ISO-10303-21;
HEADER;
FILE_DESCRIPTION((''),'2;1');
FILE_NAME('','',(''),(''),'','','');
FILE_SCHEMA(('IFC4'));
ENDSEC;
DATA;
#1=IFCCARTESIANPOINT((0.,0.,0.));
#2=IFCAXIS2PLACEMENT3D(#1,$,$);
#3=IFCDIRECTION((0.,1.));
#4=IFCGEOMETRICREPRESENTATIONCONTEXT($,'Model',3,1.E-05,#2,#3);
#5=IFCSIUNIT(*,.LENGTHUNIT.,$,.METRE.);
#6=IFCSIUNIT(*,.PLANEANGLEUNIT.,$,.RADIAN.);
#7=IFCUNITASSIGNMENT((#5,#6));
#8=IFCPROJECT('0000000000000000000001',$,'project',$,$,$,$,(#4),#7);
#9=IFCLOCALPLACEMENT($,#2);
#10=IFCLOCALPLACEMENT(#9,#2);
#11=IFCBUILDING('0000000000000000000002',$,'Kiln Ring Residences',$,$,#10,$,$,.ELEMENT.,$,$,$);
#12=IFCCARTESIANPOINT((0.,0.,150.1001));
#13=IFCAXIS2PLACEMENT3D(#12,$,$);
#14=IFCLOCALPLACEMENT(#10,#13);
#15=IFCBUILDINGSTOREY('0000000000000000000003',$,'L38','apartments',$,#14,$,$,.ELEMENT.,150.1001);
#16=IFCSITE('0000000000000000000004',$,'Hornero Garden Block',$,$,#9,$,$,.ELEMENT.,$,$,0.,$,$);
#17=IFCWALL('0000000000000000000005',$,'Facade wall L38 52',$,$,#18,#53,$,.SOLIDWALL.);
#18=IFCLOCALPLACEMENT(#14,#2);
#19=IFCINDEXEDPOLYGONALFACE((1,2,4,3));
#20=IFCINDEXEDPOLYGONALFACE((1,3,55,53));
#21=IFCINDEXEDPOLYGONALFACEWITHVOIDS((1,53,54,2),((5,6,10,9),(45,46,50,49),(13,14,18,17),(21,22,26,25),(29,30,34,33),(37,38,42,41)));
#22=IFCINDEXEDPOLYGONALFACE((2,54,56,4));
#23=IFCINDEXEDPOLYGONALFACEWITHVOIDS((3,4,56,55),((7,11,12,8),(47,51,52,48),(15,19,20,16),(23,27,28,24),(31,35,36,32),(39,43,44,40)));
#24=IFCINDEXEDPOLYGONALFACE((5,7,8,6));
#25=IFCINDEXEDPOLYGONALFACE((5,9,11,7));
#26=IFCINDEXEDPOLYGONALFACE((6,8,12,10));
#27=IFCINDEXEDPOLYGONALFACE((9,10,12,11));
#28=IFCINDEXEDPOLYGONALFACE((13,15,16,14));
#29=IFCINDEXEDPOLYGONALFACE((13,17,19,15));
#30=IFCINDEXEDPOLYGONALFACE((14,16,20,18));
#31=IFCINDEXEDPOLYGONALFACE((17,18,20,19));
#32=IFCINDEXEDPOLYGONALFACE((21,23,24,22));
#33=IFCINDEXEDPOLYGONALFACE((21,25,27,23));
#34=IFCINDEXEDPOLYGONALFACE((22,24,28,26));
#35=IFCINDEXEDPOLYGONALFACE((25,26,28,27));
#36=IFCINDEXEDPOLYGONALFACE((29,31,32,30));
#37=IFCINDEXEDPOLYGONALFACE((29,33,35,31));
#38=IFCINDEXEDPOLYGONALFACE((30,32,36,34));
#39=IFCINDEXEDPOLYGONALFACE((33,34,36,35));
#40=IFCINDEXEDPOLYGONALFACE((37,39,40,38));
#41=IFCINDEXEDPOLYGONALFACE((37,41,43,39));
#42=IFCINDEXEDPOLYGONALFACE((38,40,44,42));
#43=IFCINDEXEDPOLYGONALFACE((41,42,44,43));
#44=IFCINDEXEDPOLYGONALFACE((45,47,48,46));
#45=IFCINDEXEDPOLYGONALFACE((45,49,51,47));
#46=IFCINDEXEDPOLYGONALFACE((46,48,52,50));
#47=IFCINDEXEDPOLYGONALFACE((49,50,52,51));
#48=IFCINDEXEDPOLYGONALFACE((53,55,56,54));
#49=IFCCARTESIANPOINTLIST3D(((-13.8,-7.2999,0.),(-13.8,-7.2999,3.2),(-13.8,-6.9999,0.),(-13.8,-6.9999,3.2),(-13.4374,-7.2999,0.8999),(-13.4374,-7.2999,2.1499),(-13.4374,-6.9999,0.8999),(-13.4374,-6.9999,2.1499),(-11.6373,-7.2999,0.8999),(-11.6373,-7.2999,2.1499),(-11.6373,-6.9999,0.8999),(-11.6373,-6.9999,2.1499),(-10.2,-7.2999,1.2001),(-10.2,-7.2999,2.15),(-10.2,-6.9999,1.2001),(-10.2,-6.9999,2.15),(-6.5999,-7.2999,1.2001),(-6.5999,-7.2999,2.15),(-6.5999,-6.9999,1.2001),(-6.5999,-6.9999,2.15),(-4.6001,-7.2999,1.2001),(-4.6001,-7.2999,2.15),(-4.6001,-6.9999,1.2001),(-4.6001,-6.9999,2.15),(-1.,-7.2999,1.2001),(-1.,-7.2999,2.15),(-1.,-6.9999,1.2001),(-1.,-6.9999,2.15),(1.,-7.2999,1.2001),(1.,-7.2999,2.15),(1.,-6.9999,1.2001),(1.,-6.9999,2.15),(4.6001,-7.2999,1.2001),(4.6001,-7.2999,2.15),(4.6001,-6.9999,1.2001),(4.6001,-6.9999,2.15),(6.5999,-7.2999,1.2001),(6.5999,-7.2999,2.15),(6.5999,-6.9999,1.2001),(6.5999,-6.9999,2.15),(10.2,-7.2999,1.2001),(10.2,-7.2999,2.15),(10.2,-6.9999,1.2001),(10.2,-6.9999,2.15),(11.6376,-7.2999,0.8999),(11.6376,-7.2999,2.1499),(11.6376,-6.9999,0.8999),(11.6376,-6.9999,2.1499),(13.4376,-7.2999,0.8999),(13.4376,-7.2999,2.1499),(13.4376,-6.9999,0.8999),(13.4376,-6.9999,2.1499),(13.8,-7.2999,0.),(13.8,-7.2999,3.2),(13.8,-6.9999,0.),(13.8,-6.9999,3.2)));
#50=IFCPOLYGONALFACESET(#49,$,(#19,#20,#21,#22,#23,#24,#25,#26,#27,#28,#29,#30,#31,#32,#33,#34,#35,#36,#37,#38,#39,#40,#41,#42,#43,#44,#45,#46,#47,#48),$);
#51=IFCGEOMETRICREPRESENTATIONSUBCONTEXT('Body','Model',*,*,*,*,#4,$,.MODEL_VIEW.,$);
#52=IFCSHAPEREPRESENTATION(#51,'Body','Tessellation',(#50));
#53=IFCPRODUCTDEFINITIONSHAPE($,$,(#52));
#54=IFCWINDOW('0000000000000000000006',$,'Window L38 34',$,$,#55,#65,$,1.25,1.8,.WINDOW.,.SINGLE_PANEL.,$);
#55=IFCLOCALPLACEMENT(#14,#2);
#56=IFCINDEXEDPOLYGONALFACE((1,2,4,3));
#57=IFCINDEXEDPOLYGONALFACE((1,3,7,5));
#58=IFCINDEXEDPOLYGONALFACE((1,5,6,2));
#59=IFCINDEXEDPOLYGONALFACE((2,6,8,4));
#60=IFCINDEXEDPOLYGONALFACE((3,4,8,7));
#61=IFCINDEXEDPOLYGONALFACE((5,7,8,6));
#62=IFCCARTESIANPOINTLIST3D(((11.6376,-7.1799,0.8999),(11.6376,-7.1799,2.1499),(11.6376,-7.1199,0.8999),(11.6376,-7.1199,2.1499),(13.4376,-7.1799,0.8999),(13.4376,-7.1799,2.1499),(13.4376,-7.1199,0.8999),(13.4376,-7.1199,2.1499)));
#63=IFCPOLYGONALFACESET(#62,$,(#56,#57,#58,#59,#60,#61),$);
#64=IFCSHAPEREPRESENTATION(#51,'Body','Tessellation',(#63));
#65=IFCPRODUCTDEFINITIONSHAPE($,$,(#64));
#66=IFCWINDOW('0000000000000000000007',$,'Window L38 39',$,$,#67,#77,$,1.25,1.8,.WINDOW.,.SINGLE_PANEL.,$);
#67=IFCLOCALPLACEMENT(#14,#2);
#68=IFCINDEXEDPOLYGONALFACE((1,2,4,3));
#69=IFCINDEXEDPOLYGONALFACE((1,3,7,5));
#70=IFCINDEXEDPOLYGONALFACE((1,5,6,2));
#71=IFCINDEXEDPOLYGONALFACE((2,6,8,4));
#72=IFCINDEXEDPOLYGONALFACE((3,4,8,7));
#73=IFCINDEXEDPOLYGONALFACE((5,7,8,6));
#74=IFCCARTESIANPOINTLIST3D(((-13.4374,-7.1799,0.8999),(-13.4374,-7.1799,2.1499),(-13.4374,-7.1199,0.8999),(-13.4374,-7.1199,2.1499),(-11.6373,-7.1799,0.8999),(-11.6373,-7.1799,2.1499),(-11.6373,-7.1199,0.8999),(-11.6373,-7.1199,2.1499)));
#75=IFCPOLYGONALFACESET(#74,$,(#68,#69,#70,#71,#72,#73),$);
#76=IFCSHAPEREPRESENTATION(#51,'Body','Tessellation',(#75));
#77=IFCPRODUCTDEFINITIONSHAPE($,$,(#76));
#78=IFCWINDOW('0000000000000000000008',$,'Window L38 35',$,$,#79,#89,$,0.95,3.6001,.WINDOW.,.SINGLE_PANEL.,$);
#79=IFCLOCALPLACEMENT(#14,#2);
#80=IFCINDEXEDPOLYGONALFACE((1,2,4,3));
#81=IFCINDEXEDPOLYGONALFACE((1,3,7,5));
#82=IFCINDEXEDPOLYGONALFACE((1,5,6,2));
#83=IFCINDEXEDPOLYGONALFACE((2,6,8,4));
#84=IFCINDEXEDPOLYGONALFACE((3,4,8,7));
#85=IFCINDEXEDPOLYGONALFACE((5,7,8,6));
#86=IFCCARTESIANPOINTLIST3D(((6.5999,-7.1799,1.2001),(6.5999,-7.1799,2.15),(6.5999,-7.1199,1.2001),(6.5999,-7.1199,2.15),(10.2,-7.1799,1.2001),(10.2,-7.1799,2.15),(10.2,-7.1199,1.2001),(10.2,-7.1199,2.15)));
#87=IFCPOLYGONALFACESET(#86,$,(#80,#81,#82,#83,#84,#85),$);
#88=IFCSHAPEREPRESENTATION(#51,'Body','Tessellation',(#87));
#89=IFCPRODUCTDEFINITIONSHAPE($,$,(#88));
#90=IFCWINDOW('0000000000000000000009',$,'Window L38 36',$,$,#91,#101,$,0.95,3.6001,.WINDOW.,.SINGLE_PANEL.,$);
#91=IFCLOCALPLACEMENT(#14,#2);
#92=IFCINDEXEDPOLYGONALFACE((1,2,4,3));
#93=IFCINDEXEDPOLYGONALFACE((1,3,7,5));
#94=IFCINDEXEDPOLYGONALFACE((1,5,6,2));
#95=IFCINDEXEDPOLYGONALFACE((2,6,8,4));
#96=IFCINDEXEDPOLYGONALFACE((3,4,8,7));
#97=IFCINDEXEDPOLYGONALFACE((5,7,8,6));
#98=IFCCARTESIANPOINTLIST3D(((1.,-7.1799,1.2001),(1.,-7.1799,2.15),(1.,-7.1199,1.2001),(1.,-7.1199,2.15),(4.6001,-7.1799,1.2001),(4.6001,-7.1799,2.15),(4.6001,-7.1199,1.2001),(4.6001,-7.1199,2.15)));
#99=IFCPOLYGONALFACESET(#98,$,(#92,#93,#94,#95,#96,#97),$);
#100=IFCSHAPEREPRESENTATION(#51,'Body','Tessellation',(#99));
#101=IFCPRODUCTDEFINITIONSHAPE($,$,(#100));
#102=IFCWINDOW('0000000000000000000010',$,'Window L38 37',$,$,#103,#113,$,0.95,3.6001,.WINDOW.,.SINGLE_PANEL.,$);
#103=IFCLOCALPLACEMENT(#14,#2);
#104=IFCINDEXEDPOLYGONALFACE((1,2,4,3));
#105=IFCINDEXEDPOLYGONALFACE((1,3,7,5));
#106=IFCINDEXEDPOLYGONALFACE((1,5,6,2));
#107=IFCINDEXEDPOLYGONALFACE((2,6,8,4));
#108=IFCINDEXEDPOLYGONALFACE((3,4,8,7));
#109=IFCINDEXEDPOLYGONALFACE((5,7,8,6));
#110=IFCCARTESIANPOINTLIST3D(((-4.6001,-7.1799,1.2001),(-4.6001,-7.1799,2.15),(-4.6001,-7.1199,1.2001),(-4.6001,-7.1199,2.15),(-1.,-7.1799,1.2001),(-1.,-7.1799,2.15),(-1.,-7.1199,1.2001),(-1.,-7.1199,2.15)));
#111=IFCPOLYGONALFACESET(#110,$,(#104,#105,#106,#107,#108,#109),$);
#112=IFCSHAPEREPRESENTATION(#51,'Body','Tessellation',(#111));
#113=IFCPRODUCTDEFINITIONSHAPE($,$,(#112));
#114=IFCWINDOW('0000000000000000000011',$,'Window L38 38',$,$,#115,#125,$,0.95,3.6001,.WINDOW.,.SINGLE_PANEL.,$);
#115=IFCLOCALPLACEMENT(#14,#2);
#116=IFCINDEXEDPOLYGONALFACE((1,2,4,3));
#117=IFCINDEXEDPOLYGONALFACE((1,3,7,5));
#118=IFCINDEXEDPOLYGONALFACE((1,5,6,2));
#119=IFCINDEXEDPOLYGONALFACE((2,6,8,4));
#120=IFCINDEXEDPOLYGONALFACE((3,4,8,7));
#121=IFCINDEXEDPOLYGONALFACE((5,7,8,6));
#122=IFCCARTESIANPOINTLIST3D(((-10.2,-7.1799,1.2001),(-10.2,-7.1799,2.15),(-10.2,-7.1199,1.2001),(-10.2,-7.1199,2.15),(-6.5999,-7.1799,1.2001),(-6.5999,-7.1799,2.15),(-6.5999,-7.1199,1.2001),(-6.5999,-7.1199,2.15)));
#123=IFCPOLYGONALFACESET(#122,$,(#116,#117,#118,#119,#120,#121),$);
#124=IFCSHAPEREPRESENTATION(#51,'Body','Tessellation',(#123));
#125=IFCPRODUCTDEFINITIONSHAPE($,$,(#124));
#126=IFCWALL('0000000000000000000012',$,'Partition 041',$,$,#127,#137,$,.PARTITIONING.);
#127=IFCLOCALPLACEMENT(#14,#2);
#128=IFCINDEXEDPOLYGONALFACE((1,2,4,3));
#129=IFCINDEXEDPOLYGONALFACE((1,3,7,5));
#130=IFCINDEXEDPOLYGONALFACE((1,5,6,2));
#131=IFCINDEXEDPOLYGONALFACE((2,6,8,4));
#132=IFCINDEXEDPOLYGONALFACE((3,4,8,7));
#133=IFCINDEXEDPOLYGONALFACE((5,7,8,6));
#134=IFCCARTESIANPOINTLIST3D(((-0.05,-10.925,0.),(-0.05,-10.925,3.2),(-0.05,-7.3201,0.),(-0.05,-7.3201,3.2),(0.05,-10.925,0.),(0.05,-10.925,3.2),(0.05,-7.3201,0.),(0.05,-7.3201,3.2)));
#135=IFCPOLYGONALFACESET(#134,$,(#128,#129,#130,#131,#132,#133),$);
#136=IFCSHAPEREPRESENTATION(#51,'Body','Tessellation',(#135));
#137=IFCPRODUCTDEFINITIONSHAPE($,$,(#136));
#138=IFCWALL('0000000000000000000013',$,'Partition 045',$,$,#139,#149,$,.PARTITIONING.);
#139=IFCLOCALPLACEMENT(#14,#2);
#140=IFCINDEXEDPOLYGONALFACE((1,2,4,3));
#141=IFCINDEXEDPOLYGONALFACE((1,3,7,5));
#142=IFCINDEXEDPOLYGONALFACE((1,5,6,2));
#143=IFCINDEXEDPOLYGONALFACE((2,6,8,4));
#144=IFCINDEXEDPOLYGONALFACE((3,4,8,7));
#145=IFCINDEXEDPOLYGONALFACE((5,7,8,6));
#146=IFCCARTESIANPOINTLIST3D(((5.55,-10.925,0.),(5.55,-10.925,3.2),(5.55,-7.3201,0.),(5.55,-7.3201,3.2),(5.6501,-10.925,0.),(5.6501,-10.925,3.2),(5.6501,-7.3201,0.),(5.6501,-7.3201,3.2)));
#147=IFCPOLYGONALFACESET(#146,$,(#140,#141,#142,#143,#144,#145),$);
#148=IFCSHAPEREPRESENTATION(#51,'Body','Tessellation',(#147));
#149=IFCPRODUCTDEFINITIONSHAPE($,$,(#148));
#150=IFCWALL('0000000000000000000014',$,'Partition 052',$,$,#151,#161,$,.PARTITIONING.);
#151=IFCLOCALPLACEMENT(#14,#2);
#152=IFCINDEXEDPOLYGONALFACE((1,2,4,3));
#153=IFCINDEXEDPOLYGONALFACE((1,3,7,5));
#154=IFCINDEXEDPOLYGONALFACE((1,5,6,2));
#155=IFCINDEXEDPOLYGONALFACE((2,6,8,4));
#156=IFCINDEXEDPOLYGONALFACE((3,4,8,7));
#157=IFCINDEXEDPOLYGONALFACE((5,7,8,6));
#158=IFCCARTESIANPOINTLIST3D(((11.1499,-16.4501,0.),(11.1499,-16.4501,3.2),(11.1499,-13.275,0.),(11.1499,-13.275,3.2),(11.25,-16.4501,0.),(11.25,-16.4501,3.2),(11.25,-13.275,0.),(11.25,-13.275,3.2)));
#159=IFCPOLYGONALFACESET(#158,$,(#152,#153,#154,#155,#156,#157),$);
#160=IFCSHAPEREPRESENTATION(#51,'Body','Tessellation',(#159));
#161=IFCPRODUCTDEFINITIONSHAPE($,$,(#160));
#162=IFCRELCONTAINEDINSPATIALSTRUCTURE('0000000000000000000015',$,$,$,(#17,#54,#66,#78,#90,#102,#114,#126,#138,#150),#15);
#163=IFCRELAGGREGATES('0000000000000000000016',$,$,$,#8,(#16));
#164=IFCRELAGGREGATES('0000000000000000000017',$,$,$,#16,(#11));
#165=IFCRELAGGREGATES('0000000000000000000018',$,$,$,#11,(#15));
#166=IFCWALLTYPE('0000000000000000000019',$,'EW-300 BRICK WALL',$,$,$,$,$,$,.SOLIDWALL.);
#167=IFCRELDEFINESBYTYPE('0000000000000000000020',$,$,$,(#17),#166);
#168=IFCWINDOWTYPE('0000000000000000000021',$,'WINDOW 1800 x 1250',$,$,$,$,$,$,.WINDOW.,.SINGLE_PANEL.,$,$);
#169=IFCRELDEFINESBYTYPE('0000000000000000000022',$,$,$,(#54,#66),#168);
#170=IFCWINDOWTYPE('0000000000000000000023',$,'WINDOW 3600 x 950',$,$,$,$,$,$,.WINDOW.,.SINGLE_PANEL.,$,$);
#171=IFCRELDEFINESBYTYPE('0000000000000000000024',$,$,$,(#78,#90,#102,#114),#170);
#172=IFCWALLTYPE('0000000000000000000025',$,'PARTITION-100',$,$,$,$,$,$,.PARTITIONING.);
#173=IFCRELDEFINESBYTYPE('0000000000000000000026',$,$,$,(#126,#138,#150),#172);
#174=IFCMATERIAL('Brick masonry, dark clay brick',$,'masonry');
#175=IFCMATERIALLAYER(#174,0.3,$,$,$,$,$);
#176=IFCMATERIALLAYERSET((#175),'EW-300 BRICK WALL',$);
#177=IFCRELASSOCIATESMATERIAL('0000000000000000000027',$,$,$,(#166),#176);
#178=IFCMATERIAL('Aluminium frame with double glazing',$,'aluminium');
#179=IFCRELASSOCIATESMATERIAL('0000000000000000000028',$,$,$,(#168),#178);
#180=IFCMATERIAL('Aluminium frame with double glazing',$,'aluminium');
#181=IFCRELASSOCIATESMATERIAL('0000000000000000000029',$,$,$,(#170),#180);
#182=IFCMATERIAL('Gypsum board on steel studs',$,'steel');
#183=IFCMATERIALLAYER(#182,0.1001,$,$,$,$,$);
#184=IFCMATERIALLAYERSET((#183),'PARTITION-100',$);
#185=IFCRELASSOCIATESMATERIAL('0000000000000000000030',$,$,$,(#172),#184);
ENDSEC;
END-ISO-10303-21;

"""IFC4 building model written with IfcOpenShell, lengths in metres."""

from ifc_helpers import new_model, si_unit, direction, frame, frame_2d, origin, place, context, subcontext, project, spatial, rectangle, extrude, material, layer, layer_set, type_object, element, fill, save


model = new_model("IFC4")

# Units and contexts
model_context = context("Model", 3, precision=1e-05, world=origin(), true_north=direction((0.0, 1.0)))
body_context = subcontext(model_context, "Body", "Model", "MODEL_VIEW")
ifc_project = project(units=[si_unit("LENGTHUNIT", "METRE"), si_unit("PLANEANGLEUNIT", "RADIAN")], contexts=[model_context])

# Site, building, storey
site_placement = place(None, origin())
site = spatial("IfcSite", under=ifc_project, at=site_placement, Name="Hornero Garden Block", CompositionType="ELEMENT", RefElevation=0.0)
building_placement = place(site_placement, origin())
building = spatial("IfcBuilding", under=site, at=building_placement, Name="Kiln Ring Residences", CompositionType="ELEMENT")
storey_placement = place(building_placement, frame((0.0, 0.0, 150.1001)))
storey = spatial("IfcBuildingStorey", under=building, at=storey_placement, Name="L38", Description="apartments", CompositionType="ELEMENT", Elevation=150.1001)

# Wall, openings, windows
ifc_material_1 = material(Name="Brick masonry, dark clay brick", Category="masonry")
ifc_layer_1 = layer(ifc_material_1, 0.3)
ifc_layer_set_1 = layer_set([ifc_layer_1], Name="EW-300 BRICK WALL")
wall_type_1 = type_object("IfcWallType", Name="EW-300 BRICK WALL", PredefinedType="SOLIDWALL", material=ifc_layer_set_1)
wall_1_placement = place(storey_placement, frame((13.8, -7.1499, 0.0), z_axis=(0.0, 0.0, 1.0), x_axis=(-1.0, 0.0, 0.0)))
wall_1 = element("IfcWall", 1, at=wall_1_placement, inside=storey, type_object=wall_type_1, Name="Facade wall L38 52", PredefinedType="SOLIDWALL", context=body_context, shape_type="SweptSolid", body=[
    extrude(rectangle(XDim=27.6001, YDim=0.3, at=frame_2d((13.8, 0.0))), origin(), (0.0, 0.0, 1.0), 3.2),
])
opening_1_placement = place(wall_1_placement, frame((0.3625, 0.0, 0.8999)))
opening_1 = element("IfcOpeningElement", 2, at=opening_1_placement, cuts=wall_1, PredefinedType="OPENING", context=body_context, shape_type="SweptSolid", body=[
    extrude(rectangle(XDim=1.8, YDim=1.25, at=frame_2d((0.8999, 0.625))), frame((0.0, 0.1599, 0.0), z_axis=(0.0, -1.0, 0.0), x_axis=(1.0, 0.0, 0.0)), (0.0, 0.0, 1.0), 0.3201),
])
opening_2_placement = place(wall_1_placement, frame((3.6001, 0.0, 1.2)))
opening_2 = element("IfcOpeningElement", 3, at=opening_2_placement, cuts=wall_1, PredefinedType="OPENING", context=body_context, shape_type="SweptSolid", body=[
    extrude(rectangle(XDim=3.6001, YDim=0.95, at=frame_2d((1.8, 0.4751))), frame((0.0, 0.1599, 0.0), z_axis=(0.0, -1.0, 0.0), x_axis=(1.0, 0.0, 0.0)), (0.0, 0.0, 1.0), 0.3201),
])
opening_3_placement = place(wall_1_placement, frame((9.2, 0.0, 1.2)))
opening_3 = element("IfcOpeningElement", 4, at=opening_3_placement, cuts=wall_1, PredefinedType="OPENING", context=body_context, shape_type="SweptSolid", body=[
    extrude(rectangle(XDim=3.6001, YDim=0.95, at=frame_2d((1.8, 0.4751))), frame((0.0, 0.1599, 0.0), z_axis=(0.0, -1.0, 0.0), x_axis=(1.0, 0.0, 0.0)), (0.0, 0.0, 1.0), 0.3201),
])
opening_4_placement = place(wall_1_placement, frame((14.8, 0.0, 1.2)))
opening_4 = element("IfcOpeningElement", 5, at=opening_4_placement, cuts=wall_1, PredefinedType="OPENING", context=body_context, shape_type="SweptSolid", body=[
    extrude(rectangle(XDim=3.6001, YDim=0.95, at=frame_2d((1.8, 0.4751))), frame((0.0, 0.1599, 0.0), z_axis=(0.0, -1.0, 0.0), x_axis=(1.0, 0.0, 0.0)), (0.0, 0.0, 1.0), 0.3201),
])
opening_5_placement = place(wall_1_placement, frame((20.3999, 0.0, 1.2)))
opening_5 = element("IfcOpeningElement", 6, at=opening_5_placement, cuts=wall_1, PredefinedType="OPENING", context=body_context, shape_type="SweptSolid", body=[
    extrude(rectangle(XDim=3.6001, YDim=0.95, at=frame_2d((1.8, 0.4751))), frame((0.0, 0.1599, 0.0), z_axis=(0.0, -1.0, 0.0), x_axis=(1.0, 0.0, 0.0)), (0.0, 0.0, 1.0), 0.3201),
])
opening_6_placement = place(wall_1_placement, frame((25.4375, 0.0, 0.8999)))
opening_6 = element("IfcOpeningElement", 7, at=opening_6_placement, cuts=wall_1, PredefinedType="OPENING", context=body_context, shape_type="SweptSolid", body=[
    extrude(rectangle(XDim=1.8, YDim=1.25, at=frame_2d((0.8999, 0.625))), frame((0.0, 0.1599, 0.0), z_axis=(0.0, -1.0, 0.0), x_axis=(1.0, 0.0, 0.0)), (0.0, 0.0, 1.0), 0.3201),
])
ifc_material_2 = material(Name="Aluminium frame with double glazing", Category="aluminium")
window_type_1 = type_object("IfcWindowType", Name="WINDOW 1800 x 1250", PartitioningType="SINGLE_PANEL", PredefinedType="WINDOW", material=ifc_material_2)
window_1_placement = place(opening_1_placement, origin())
window_1 = element("IfcWindow", 8, at=window_1_placement, inside=storey, type_object=window_type_1, Name="Window L38 34", OverallHeight=1.25, OverallWidth=1.8, PartitioningType="SINGLE_PANEL", PredefinedType="WINDOW", context=body_context, shape_type="SweptSolid", body=[
    extrude(rectangle(XDim=1.8, YDim=1.25, at=frame_2d((0.8999, 0.625))), frame((0.0, 0.03, 0.0), z_axis=(0.0, -1.0, 0.0), x_axis=(1.0, 0.0, 0.0)), (0.0, 0.0, 1.0), 0.0601),
])
fill(opening_1, window_1)
window_2_placement = place(opening_6_placement, origin())
window_2 = element("IfcWindow", 9, at=window_2_placement, inside=storey, type_object=window_type_1, Name="Window L38 39", OverallHeight=1.25, OverallWidth=1.8, PartitioningType="SINGLE_PANEL", PredefinedType="WINDOW", context=body_context, shape_type="SweptSolid", body=[
    extrude(rectangle(XDim=1.8, YDim=1.25, at=frame_2d((0.8999, 0.625))), frame((0.0, 0.03, 0.0), z_axis=(0.0, -1.0, 0.0), x_axis=(1.0, 0.0, 0.0)), (0.0, 0.0, 1.0), 0.0601),
])
fill(opening_6, window_2)
ifc_material_3 = material(Name="Aluminium frame with double glazing", Category="aluminium")
window_type_2 = type_object("IfcWindowType", Name="WINDOW 3600 x 950", PartitioningType="SINGLE_PANEL", PredefinedType="WINDOW", material=ifc_material_3)
window_3_placement = place(opening_2_placement, origin())
window_3 = element("IfcWindow", 10, at=window_3_placement, inside=storey, type_object=window_type_2, Name="Window L38 35", OverallHeight=0.95, OverallWidth=3.6001, PartitioningType="SINGLE_PANEL", PredefinedType="WINDOW", context=body_context, shape_type="SweptSolid", body=[
    extrude(rectangle(XDim=3.6001, YDim=0.95, at=frame_2d((1.8, 0.4751))), frame((0.0, 0.03, 0.0), z_axis=(0.0, -1.0, 0.0), x_axis=(1.0, 0.0, 0.0)), (0.0, 0.0, 1.0), 0.0601),
])
fill(opening_2, window_3)
window_4_placement = place(opening_3_placement, origin())
window_4 = element("IfcWindow", 11, at=window_4_placement, inside=storey, type_object=window_type_2, Name="Window L38 36", OverallHeight=0.95, OverallWidth=3.6001, PartitioningType="SINGLE_PANEL", PredefinedType="WINDOW", context=body_context, shape_type="SweptSolid", body=[
    extrude(rectangle(XDim=3.6001, YDim=0.95, at=frame_2d((1.8, 0.4751))), frame((0.0, 0.03, 0.0), z_axis=(0.0, -1.0, 0.0), x_axis=(1.0, 0.0, 0.0)), (0.0, 0.0, 1.0), 0.0601),
])
fill(opening_3, window_4)
window_5_placement = place(opening_4_placement, origin())
window_5 = element("IfcWindow", 12, at=window_5_placement, inside=storey, type_object=window_type_2, Name="Window L38 37", OverallHeight=0.95, OverallWidth=3.6001, PartitioningType="SINGLE_PANEL", PredefinedType="WINDOW", context=body_context, shape_type="SweptSolid", body=[
    extrude(rectangle(XDim=3.6001, YDim=0.95, at=frame_2d((1.8, 0.4751))), frame((0.0, 0.03, 0.0), z_axis=(0.0, -1.0, 0.0), x_axis=(1.0, 0.0, 0.0)), (0.0, 0.0, 1.0), 0.0601),
])
fill(opening_4, window_5)
window_6_placement = place(opening_5_placement, origin())
window_6 = element("IfcWindow", 13, at=window_6_placement, inside=storey, type_object=window_type_2, Name="Window L38 38", OverallHeight=0.95, OverallWidth=3.6001, PartitioningType="SINGLE_PANEL", PredefinedType="WINDOW", context=body_context, shape_type="SweptSolid", body=[
    extrude(rectangle(XDim=3.6001, YDim=0.95, at=frame_2d((1.8, 0.4751))), frame((0.0, 0.03, 0.0), z_axis=(0.0, -1.0, 0.0), x_axis=(1.0, 0.0, 0.0)), (0.0, 0.0, 1.0), 0.0601),
])
fill(opening_5, window_6)

# Walls
ifc_material_4 = material(Name="Gypsum board on steel studs", Category="steel")
ifc_layer_2 = layer(ifc_material_4, 0.1001)
ifc_layer_set_2 = layer_set([ifc_layer_2], Name="PARTITION-100")
wall_type_2 = type_object("IfcWallType", Name="PARTITION-100", PredefinedType="PARTITIONING", material=ifc_layer_set_2)
for number, where, z_axis, x_axis, name in (
    (14, (0.0, -10.925, 0.0), (0.0, 0.0, 1.0), (0.0, 1.0, 0.0), "Partition 041"),
    (15, (5.6001, -10.925, 0.0), (0.0, 0.0, 1.0), (0.0, 1.0, 0.0), "Partition 045"),
):
    element("IfcWall", number, at=place(storey_placement, frame(where, z_axis=z_axis, x_axis=x_axis)), inside=storey, type_object=wall_type_2, Name=name, PredefinedType="PARTITIONING", context=body_context, shape_type="SweptSolid", body=[
        extrude(rectangle(XDim=3.605, YDim=0.1001, at=frame_2d((1.8025, 0.0))), origin(), (0.0, 0.0, 1.0), 3.2),
    ])
wall_2_placement = place(storey_placement, frame((11.2, -16.45, 0.0), z_axis=(0.0, 0.0, 1.0), x_axis=(0.0, 1.0, 0.0)))
element("IfcWall", 16, at=wall_2_placement, inside=storey, type_object=wall_type_2, Name="Partition 052", PredefinedType="PARTITIONING", context=body_context, shape_type="SweptSolid", body=[
    extrude(rectangle(XDim=3.175, YDim=0.1001, at=frame_2d((1.5874, 0.0))), origin(), (0.0, 0.0, 1.0), 3.2),
])

save(model, "model.ifc")
